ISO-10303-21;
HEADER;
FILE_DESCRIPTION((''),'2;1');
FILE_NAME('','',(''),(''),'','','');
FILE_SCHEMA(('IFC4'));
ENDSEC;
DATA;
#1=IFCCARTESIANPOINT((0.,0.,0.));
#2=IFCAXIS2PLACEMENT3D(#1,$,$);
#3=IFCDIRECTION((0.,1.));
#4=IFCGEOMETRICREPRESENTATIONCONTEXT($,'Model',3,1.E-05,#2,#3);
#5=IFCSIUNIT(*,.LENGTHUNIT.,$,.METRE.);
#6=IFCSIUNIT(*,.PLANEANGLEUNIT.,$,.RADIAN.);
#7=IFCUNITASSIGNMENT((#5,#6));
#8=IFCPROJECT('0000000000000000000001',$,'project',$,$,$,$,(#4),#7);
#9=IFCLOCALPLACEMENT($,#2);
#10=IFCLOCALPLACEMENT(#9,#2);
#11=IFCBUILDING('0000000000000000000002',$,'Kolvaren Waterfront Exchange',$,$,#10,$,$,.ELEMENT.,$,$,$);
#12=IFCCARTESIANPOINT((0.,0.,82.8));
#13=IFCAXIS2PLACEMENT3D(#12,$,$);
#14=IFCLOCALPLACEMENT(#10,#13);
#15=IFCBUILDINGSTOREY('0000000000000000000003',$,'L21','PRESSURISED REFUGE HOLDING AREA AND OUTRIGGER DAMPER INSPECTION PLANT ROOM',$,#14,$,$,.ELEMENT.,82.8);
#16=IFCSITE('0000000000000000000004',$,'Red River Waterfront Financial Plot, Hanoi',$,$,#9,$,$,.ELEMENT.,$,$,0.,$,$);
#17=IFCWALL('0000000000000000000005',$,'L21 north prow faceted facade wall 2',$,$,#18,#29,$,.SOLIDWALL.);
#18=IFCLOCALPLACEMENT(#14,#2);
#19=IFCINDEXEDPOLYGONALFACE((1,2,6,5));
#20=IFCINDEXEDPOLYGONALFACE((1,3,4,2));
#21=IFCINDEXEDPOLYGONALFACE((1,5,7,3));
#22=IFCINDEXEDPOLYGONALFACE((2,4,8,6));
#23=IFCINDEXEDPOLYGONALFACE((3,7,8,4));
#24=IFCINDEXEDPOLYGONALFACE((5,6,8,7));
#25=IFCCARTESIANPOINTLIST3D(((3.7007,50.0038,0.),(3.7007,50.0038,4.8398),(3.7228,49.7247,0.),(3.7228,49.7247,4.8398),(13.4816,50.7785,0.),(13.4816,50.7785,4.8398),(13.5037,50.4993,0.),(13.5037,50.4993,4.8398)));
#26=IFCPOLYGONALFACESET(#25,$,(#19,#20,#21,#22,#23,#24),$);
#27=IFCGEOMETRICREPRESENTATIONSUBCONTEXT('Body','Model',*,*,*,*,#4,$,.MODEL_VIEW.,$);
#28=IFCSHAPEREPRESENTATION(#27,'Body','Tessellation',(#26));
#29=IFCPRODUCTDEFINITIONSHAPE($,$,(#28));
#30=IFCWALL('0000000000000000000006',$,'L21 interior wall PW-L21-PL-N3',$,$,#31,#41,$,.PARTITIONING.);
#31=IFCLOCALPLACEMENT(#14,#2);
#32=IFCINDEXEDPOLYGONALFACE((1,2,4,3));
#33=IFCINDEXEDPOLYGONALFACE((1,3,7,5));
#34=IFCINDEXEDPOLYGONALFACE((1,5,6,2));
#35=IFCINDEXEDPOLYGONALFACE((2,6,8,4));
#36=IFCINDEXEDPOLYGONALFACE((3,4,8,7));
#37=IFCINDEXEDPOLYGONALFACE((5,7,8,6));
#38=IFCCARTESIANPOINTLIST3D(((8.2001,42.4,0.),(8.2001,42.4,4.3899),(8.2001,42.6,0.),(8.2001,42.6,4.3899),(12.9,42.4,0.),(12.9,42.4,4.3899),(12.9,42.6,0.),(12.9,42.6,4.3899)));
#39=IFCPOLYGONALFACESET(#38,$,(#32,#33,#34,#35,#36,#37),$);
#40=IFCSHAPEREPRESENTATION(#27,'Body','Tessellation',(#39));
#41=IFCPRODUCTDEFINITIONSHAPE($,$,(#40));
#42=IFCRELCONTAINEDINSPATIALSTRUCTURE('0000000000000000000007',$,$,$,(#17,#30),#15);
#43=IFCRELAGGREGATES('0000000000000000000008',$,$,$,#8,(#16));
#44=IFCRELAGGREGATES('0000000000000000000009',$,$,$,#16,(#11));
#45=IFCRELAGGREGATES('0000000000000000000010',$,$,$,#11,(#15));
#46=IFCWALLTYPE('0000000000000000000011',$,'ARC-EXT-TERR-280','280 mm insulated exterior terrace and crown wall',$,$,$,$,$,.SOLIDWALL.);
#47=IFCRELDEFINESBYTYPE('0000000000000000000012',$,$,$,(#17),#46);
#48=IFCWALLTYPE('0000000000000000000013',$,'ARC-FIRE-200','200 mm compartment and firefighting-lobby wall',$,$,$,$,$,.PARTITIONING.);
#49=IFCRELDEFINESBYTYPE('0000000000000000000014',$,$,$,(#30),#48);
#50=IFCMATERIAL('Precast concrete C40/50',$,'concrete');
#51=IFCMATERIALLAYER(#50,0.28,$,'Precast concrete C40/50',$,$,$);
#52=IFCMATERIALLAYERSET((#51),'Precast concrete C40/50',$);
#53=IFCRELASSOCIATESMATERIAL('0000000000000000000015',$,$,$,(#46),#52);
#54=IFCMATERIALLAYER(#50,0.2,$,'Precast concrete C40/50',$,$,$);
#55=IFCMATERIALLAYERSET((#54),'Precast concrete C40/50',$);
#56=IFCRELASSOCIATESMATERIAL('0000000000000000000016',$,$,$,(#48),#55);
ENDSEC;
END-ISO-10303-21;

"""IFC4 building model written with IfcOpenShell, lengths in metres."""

from ifc_helpers import new_model, si_unit, direction, frame, frame_2d, origin, place, context, subcontext, project, spatial, rectangle, extrude, material, layer, layer_set, type_object, element, save


model = new_model("IFC4")

# Units and contexts
model_context = context("Model", 3, precision=1e-05, world=origin(), true_north=direction((0.0, 1.0)))
body_context = subcontext(model_context, "Body", "Model", "MODEL_VIEW")
ifc_project = project(units=[si_unit("LENGTHUNIT", "METRE"), si_unit("PLANEANGLEUNIT", "RADIAN")], contexts=[model_context])

# Site, building, storey
site_placement = place(None, origin())
site = spatial("IfcSite", under=ifc_project, at=site_placement, Name="Red River Waterfront Financial Plot, Hanoi", CompositionType="ELEMENT", RefElevation=0.0)
building_placement = place(site_placement, origin())
building = spatial("IfcBuilding", under=site, at=building_placement, Name="Kolvaren Waterfront Exchange", CompositionType="ELEMENT")
storey_placement = place(building_placement, frame((0.0, 0.0, 82.8)))
storey = spatial("IfcBuildingStorey", under=building, at=storey_placement, Name="L21", Description="PRESSURISED REFUGE HOLDING AREA AND OUTRIGGER DAMPER INSPECTION PLANT ROOM", CompositionType="ELEMENT", Elevation=82.8)

# Walls
ifc_material_1 = material(Name="Precast concrete C40/50", Category="concrete")
ifc_layer_1 = layer(ifc_material_1, 0.28, Name="Precast concrete C40/50")
ifc_layer_set_1 = layer_set([ifc_layer_1], Name="Precast concrete C40/50")
wall_type_1 = type_object("IfcWallType", Name="ARC-EXT-TERR-280", Description="280 mm insulated exterior terrace and crown wall", PredefinedType="SOLIDWALL", material=ifc_layer_set_1)
wall_1_placement = place(storey_placement, frame((13.4927, 50.6389, 0.0), z_axis=(0.0, 0.0, 1.0), x_axis=(-0.996878, -0.078953, 0.0)))
element("IfcWall", 1, at=wall_1_placement, inside=storey, type_object=wall_type_1, Name="L21 north prow faceted facade wall 2", PredefinedType="SOLIDWALL", context=body_context, shape_type="SweptSolid", body=[
    extrude(rectangle(XDim=9.8115, YDim=0.28, at=frame_2d((4.9058, 0.0))), origin(), (0.0, 0.0, 1.0), 4.8398),
])
ifc_layer_2 = layer(ifc_material_1, 0.2, Name="Precast concrete C40/50")
ifc_layer_set_2 = layer_set([ifc_layer_2], Name="Precast concrete C40/50")
wall_type_2 = type_object("IfcWallType", Name="ARC-FIRE-200", Description="200 mm compartment and firefighting-lobby wall", PredefinedType="PARTITIONING", material=ifc_layer_set_2)
wall_2_placement = place(storey_placement, frame((8.2, 42.5, 0.0), z_axis=(0.0, 0.0, 1.0), x_axis=(1.0, 0.0, 0.0)))
element("IfcWall", 2, at=wall_2_placement, inside=storey, type_object=wall_type_2, Name="L21 interior wall PW-L21-PL-N3", PredefinedType="PARTITIONING", context=body_context, shape_type="SweptSolid", body=[
    extrude(rectangle(XDim=4.7, YDim=0.2, at=frame_2d((2.3501, 0.0))), origin(), (0.0, 0.0, 1.0), 4.3899),
])

save(model, "model.ifc")
